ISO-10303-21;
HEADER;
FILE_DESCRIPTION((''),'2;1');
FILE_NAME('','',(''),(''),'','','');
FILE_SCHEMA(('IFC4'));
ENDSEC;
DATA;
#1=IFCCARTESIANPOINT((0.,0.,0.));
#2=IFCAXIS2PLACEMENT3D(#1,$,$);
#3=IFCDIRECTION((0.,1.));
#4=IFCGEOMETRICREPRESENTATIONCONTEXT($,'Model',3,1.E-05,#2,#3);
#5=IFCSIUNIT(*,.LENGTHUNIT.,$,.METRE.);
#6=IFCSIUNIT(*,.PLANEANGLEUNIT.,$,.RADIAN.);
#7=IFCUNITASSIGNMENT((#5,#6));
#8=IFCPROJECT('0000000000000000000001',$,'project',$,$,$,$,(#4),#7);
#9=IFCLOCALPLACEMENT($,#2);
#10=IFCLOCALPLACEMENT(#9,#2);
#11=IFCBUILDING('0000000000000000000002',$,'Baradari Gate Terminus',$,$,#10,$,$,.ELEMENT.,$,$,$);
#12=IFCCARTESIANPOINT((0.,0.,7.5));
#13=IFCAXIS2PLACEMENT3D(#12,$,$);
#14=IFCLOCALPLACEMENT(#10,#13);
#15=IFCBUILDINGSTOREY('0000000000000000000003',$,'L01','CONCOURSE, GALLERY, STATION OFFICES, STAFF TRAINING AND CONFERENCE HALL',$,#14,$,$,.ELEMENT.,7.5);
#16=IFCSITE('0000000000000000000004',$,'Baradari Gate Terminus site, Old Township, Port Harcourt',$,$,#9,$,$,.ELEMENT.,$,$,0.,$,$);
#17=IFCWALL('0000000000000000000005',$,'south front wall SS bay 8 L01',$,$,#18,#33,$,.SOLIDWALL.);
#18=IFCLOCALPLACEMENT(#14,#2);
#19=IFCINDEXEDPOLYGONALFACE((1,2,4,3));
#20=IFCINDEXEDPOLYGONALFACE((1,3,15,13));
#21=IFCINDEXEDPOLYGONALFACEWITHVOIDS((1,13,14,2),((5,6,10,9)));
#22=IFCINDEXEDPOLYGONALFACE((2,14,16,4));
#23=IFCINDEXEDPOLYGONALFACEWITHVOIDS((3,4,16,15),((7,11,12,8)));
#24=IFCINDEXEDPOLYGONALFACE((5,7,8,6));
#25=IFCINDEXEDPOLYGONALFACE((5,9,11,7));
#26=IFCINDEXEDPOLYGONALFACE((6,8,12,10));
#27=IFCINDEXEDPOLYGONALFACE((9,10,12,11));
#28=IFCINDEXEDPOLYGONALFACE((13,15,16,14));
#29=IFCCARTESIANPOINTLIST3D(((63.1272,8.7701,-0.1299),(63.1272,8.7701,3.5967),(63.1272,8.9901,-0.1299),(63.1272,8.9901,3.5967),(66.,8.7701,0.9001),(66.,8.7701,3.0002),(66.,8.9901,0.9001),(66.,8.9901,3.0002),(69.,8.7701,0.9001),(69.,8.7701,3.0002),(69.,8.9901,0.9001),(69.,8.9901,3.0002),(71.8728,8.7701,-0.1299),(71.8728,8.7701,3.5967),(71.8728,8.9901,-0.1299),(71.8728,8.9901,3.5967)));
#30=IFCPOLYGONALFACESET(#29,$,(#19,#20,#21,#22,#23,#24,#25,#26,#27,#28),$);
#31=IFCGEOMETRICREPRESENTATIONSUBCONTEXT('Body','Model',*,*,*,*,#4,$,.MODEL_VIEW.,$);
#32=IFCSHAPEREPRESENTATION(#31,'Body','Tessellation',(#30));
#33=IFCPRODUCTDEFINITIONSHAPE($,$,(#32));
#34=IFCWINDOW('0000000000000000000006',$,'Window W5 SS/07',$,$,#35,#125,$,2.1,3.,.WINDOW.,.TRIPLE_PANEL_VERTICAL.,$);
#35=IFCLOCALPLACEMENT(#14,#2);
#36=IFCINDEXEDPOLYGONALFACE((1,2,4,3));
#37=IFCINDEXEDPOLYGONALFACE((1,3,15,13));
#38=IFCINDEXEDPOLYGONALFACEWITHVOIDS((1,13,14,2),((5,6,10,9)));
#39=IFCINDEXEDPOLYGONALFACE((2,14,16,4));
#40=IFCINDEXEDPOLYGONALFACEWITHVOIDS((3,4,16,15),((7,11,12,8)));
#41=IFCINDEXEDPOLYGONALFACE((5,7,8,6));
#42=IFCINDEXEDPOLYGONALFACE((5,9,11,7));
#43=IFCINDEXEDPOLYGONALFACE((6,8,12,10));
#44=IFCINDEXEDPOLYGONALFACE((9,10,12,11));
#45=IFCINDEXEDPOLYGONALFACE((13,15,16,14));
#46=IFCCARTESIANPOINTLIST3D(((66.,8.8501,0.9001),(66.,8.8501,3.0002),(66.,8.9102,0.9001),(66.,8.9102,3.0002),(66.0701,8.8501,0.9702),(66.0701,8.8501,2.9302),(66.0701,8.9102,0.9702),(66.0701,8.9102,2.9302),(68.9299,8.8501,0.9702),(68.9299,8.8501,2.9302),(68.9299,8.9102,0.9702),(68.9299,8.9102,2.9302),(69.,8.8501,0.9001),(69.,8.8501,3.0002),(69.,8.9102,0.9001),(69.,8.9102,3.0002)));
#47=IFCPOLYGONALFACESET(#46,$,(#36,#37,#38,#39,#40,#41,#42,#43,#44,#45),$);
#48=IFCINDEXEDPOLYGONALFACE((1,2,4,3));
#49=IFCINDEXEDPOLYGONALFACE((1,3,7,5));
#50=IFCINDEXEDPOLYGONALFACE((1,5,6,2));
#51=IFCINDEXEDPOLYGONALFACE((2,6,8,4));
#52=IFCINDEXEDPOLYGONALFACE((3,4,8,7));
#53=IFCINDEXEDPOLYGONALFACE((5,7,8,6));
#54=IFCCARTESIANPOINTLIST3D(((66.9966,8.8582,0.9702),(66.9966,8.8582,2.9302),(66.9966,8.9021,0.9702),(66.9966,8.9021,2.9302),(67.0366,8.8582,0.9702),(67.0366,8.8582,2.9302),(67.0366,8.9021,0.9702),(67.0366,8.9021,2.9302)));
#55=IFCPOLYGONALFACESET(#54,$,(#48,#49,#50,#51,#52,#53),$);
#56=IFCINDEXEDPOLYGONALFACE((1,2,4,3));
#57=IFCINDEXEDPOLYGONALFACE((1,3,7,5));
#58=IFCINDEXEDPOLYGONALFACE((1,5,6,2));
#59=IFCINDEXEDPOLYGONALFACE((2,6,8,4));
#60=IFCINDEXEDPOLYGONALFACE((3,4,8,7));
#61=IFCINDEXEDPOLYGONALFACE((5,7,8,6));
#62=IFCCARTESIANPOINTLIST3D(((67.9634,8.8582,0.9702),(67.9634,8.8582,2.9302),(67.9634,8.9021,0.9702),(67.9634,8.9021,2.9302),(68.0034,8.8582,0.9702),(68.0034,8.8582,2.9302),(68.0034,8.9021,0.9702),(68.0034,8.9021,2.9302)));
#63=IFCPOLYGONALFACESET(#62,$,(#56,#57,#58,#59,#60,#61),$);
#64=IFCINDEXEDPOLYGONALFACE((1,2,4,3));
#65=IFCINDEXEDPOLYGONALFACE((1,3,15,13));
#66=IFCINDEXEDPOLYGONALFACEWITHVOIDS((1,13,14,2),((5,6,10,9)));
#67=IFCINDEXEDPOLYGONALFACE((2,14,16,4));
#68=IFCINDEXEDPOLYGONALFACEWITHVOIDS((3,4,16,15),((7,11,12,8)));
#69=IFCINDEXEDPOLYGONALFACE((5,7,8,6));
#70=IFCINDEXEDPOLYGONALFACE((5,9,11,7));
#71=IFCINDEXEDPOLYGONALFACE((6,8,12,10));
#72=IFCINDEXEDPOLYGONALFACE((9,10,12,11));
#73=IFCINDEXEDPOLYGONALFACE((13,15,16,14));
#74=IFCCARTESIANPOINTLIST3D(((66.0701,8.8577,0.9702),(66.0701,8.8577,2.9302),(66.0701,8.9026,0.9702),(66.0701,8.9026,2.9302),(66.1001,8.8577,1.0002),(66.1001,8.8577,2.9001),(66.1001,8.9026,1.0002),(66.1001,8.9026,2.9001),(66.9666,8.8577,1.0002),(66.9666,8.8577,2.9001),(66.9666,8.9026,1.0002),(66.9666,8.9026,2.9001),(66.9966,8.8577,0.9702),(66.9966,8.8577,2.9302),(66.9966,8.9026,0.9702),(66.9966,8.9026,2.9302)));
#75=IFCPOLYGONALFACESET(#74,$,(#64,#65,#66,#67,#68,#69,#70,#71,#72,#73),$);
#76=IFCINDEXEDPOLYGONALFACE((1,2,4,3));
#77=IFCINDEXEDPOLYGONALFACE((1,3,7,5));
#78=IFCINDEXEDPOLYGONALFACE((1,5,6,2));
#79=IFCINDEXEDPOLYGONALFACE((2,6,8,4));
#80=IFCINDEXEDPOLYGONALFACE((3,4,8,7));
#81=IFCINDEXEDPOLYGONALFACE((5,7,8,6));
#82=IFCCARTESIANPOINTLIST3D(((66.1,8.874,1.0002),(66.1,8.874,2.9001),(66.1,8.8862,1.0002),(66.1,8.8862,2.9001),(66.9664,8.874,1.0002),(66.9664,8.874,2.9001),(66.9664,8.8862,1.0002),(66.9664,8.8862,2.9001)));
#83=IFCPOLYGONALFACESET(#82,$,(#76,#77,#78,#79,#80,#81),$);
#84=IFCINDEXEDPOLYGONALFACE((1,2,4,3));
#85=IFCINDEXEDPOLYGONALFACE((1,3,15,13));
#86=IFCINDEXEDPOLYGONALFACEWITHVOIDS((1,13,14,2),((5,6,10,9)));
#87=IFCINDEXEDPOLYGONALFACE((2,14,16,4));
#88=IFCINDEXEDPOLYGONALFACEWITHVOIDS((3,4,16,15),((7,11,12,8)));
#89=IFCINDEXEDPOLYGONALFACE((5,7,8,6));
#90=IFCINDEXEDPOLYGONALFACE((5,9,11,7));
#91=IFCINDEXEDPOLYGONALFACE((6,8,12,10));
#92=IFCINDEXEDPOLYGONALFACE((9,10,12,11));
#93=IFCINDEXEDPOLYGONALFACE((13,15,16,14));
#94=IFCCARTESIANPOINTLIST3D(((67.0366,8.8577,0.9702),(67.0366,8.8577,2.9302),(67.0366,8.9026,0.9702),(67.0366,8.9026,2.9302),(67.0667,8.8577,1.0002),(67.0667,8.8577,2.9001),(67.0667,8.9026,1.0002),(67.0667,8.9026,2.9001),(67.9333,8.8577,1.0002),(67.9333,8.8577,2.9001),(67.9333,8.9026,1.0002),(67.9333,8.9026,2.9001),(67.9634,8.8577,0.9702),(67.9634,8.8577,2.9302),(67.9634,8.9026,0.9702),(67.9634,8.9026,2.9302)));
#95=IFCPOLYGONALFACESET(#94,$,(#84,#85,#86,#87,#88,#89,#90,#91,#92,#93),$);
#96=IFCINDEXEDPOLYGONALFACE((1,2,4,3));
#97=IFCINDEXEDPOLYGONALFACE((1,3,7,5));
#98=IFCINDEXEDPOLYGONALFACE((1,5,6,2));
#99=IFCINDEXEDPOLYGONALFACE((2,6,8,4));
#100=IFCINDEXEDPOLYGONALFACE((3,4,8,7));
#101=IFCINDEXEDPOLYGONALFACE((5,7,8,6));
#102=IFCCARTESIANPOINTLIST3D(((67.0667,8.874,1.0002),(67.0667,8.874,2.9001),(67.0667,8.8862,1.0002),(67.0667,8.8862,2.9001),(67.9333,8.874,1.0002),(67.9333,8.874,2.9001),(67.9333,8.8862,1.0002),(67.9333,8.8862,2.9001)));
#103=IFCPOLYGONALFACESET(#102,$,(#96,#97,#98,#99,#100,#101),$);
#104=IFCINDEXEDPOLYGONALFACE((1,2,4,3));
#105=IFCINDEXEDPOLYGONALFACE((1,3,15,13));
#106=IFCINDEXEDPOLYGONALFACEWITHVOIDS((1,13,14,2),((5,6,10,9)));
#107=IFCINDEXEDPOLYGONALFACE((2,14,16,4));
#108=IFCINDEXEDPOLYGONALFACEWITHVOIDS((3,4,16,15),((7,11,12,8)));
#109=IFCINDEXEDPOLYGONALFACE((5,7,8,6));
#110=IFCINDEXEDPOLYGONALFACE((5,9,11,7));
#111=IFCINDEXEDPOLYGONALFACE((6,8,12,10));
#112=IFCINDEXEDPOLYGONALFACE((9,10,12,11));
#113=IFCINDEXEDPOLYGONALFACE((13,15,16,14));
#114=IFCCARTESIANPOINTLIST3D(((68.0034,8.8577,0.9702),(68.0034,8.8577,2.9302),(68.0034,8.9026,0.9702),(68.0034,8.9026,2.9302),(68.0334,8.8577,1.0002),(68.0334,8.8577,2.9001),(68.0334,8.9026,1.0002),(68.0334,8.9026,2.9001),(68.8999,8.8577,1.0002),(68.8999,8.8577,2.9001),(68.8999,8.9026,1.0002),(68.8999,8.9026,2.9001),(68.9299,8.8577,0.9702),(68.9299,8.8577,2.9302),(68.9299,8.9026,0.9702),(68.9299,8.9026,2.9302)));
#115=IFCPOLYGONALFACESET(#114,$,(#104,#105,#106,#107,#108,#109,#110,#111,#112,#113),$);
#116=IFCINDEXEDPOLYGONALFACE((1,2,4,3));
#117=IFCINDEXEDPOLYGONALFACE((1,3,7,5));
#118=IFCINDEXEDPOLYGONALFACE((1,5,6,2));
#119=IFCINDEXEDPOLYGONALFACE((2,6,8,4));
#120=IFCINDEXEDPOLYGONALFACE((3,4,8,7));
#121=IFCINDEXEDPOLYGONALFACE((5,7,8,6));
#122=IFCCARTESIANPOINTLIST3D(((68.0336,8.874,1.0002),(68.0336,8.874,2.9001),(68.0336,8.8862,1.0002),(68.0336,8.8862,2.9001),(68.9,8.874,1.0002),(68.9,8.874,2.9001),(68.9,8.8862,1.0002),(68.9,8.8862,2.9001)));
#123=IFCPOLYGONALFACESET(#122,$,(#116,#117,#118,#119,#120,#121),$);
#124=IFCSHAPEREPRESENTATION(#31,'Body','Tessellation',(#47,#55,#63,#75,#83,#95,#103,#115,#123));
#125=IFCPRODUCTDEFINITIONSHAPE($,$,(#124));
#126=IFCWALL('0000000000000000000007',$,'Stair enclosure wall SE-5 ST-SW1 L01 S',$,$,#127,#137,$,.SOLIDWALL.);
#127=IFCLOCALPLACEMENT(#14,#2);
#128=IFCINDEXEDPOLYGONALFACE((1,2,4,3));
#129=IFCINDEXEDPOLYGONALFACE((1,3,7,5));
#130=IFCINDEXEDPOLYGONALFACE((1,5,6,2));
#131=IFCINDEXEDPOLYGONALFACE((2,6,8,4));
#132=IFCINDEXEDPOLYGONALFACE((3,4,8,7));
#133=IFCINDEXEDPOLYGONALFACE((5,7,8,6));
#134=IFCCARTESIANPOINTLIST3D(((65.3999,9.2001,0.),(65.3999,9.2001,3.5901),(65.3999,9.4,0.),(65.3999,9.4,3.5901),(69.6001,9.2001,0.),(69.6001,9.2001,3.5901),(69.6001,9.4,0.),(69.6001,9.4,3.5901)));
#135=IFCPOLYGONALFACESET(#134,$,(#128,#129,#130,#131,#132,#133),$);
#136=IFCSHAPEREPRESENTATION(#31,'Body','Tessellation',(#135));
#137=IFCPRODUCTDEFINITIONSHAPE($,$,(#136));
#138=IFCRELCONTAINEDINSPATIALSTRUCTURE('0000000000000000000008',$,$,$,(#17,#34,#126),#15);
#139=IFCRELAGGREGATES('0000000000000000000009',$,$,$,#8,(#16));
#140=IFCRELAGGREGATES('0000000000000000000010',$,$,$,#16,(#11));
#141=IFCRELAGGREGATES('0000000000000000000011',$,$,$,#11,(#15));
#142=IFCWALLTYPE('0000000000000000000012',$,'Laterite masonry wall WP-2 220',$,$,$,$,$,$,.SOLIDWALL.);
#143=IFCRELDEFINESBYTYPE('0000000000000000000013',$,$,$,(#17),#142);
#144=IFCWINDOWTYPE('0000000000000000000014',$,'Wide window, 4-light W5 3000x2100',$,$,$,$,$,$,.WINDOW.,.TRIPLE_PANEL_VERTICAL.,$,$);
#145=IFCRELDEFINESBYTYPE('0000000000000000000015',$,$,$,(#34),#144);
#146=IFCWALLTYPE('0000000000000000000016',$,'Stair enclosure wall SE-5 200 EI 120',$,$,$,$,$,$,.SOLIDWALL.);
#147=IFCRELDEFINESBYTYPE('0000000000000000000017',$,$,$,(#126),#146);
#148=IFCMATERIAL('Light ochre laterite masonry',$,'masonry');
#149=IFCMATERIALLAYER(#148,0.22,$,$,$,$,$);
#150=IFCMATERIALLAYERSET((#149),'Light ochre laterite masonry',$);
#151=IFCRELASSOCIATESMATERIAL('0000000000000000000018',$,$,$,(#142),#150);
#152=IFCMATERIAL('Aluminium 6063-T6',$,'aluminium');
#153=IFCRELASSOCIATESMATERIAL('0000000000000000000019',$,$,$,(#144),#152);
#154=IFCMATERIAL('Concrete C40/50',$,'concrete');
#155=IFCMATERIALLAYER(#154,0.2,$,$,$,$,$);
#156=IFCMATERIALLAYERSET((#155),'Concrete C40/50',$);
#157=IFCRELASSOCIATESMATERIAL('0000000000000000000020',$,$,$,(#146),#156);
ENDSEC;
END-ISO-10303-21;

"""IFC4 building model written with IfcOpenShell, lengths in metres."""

from ifc_helpers import new_model, si_unit, direction, frame, frame_2d, origin, place, context, subcontext, project, spatial, polyline, rectangle, outline, extrude, material, layer, layer_set, type_object, element, fill, save


model = new_model("IFC4")

# Units and contexts
model_context = context("Model", 3, precision=1e-05, world=origin(), true_north=direction((0.0, 1.0)))
body_context = subcontext(model_context, "Body", "Model", "MODEL_VIEW")
ifc_project = project(units=[si_unit("LENGTHUNIT", "METRE"), si_unit("PLANEANGLEUNIT", "RADIAN")], contexts=[model_context])

# Site, building, storey
site_placement = place(None, origin())
site = spatial("IfcSite", under=ifc_project, at=site_placement, Name="Baradari Gate Terminus site, Old Township, Port Harcourt", CompositionType="ELEMENT", RefElevation=0.0)
building_placement = place(site_placement, origin())
building = spatial("IfcBuilding", under=site, at=building_placement, Name="Baradari Gate Terminus", CompositionType="ELEMENT")
storey_placement = place(building_placement, frame((0.0, 0.0, 7.5)))
storey = spatial("IfcBuildingStorey", under=building, at=storey_placement, Name="L01", Description="CONCOURSE, GALLERY, STATION OFFICES, STAFF TRAINING AND CONFERENCE HALL", CompositionType="ELEMENT", Elevation=7.5)

# Wall, opening, window
ifc_material_1 = material(Name="Light ochre laterite masonry", Category="masonry")
ifc_layer_1 = layer(ifc_material_1, 0.22)
ifc_layer_set_1 = layer_set([ifc_layer_1], Name="Light ochre laterite masonry")
wall_type_1 = type_object("IfcWallType", Name="Laterite masonry wall WP-2 220", PredefinedType="SOLIDWALL", material=ifc_layer_set_1)
wall_1_placement = place(storey_placement, frame((63.1272, 8.8801, -0.1299), z_axis=(0.0, 0.0, 1.0), x_axis=(1.0, 0.0, 0.0)))
wall_1 = element("IfcWall", 1, at=wall_1_placement, inside=storey, type_object=wall_type_1, Name="south front wall SS bay 8 L01", PredefinedType="SOLIDWALL", context=body_context, shape_type="SweptSolid", body=[
    extrude(rectangle(XDim=8.7456, YDim=0.22, at=frame_2d((4.3728, 0.0))), origin(), (0.0, 0.0, 1.0), 3.7266),
])
opening_1_placement = place(wall_1_placement, frame((2.8728, 0.0, 1.03)))
opening_1 = element("IfcOpeningElement", 2, at=opening_1_placement, cuts=wall_1, PredefinedType="OPENING", context=body_context, shape_type="SweptSolid", body=[
    extrude(rectangle(XDim=3.0, YDim=2.1001, at=frame_2d((1.5, 1.05))), frame((0.0, 0.1199, 0.0), z_axis=(0.0, -1.0, 0.0), x_axis=(1.0, 0.0, 0.0)), (0.0, 0.0, 1.0), 0.24),
])
ifc_material_2 = material(Name="Aluminium 6063-T6", Category="aluminium")
window_type_1 = type_object("IfcWindowType", Name="Wide window, 4-light W5 3000x2100", PartitioningType="TRIPLE_PANEL_VERTICAL", PredefinedType="WINDOW", material=ifc_material_2)
window_1_placement = place(opening_1_placement, origin())
window_1 = element("IfcWindow", 3, at=window_1_placement, inside=storey, type_object=window_type_1, Name="Window W5 SS/07", OverallHeight=2.1, OverallWidth=3.0, PartitioningType="TRIPLE_PANEL_VERTICAL", PredefinedType="WINDOW", context=body_context, shape_type="SweptSolid", body=[
    extrude(outline(polyline([(0.0, 0.0), (3.0, 0.0), (3.0, 2.1001), (0.0, 2.1001), (0.0, 0.0)]), holes=[polyline([(0.0701, 0.0701), (2.9299, 0.0701), (2.9299, 2.03), (0.0701, 2.03), (0.0701, 0.0701)])]), frame((0.0, 0.03, 0.0), z_axis=(0.0, -1.0, 0.0), x_axis=(1.0, 0.0, 0.0)), (0.0, 0.0, 1.0), 0.0601),
    extrude(rectangle(XDim=0.04, YDim=1.96, at=frame_2d((1.0166, 1.05))), frame((0.0, 0.022, 0.0), z_axis=(0.0, -1.0, 0.0), x_axis=(1.0, 0.0, 0.0)), (0.0, 0.0, 1.0), 0.0439),
    extrude(rectangle(XDim=0.04, YDim=1.96, at=frame_2d((1.9834, 1.05))), frame((0.0, 0.022, 0.0), z_axis=(0.0, -1.0, 0.0), x_axis=(1.0, 0.0, 0.0)), (0.0, 0.0, 1.0), 0.0439),
    extrude(outline(polyline([(0.0701, 0.0701), (0.9966, 0.0701), (0.9966, 2.03), (0.0701, 2.03), (0.0701, 0.0701)]), holes=[polyline([(0.1001, 0.1001), (0.9666, 0.1001), (0.9666, 2.0), (0.1001, 2.0), (0.1001, 0.1001)])]), frame((0.0, 0.0225, 0.0), z_axis=(0.0, -1.0, 0.0), x_axis=(1.0, 0.0, 0.0)), (0.0, 0.0, 1.0), 0.0449),
    extrude(rectangle(XDim=0.8665, YDim=1.8999, at=frame_2d((0.5332, 1.05))), frame((0.0, 0.0061, 0.0), z_axis=(0.0, -1.0, 0.0), x_axis=(1.0, 0.0, 0.0)), (0.0, 0.0, 1.0), 0.0122),
    extrude(outline(polyline([(1.0366, 0.0701), (1.9634, 0.0701), (1.9634, 2.03), (1.0366, 2.03), (1.0366, 0.0701)]), holes=[polyline([(1.0667, 0.1001), (1.9333, 0.1001), (1.9333, 2.0), (1.0667, 2.0), (1.0667, 0.1001)])]), frame((0.0, 0.0225, 0.0), z_axis=(0.0, -1.0, 0.0), x_axis=(1.0, 0.0, 0.0)), (0.0, 0.0, 1.0), 0.0449),
    extrude(rectangle(XDim=0.8667, YDim=1.8999, at=frame_2d((1.5, 1.05))), frame((0.0, 0.0061, 0.0), z_axis=(0.0, -1.0, 0.0), x_axis=(1.0, 0.0, 0.0)), (0.0, 0.0, 1.0), 0.0122),
    extrude(outline(polyline([(2.0034, 0.0701), (2.9299, 0.0701), (2.9299, 2.03), (2.0034, 2.03), (2.0034, 0.0701)]), holes=[polyline([(2.0334, 0.1001), (2.8999, 0.1001), (2.8999, 2.0), (2.0334, 2.0), (2.0334, 0.1001)])]), frame((0.0, 0.0225, 0.0), z_axis=(0.0, -1.0, 0.0), x_axis=(1.0, 0.0, 0.0)), (0.0, 0.0, 1.0), 0.0449),
    extrude(rectangle(XDim=0.8665, YDim=1.8999, at=frame_2d((2.4668, 1.05))), frame((0.0, 0.0061, 0.0), z_axis=(0.0, -1.0, 0.0), x_axis=(1.0, 0.0, 0.0)), (0.0, 0.0, 1.0), 0.0122),
])
fill(opening_1, window_1)

# Wall
ifc_material_3 = material(Name="Concrete C40/50", Category="concrete")
ifc_layer_2 = layer(ifc_material_3, 0.2)
ifc_layer_set_2 = layer_set([ifc_layer_2], Name="Concrete C40/50")
wall_type_2 = type_object("IfcWallType", Name="Stair enclosure wall SE-5 200 EI 120", PredefinedType="SOLIDWALL", material=ifc_layer_set_2)
wall_2_placement = place(storey_placement, frame((65.3999, 9.3, 0.0), z_axis=(0.0, 0.0, 1.0), x_axis=(1.0, 0.0, 0.0)))
element("IfcWall", 4, at=wall_2_placement, inside=storey, type_object=wall_type_2, Name="Stair enclosure wall SE-5 ST-SW1 L01 S", PredefinedType="SOLIDWALL", context=body_context, shape_type="SweptSolid", body=[
    extrude(rectangle(XDim=4.2002, YDim=0.2, at=frame_2d((2.1001, 0.0))), origin(), (0.0, 0.0, 1.0), 3.5901),
])

save(model, "model.ifc")
